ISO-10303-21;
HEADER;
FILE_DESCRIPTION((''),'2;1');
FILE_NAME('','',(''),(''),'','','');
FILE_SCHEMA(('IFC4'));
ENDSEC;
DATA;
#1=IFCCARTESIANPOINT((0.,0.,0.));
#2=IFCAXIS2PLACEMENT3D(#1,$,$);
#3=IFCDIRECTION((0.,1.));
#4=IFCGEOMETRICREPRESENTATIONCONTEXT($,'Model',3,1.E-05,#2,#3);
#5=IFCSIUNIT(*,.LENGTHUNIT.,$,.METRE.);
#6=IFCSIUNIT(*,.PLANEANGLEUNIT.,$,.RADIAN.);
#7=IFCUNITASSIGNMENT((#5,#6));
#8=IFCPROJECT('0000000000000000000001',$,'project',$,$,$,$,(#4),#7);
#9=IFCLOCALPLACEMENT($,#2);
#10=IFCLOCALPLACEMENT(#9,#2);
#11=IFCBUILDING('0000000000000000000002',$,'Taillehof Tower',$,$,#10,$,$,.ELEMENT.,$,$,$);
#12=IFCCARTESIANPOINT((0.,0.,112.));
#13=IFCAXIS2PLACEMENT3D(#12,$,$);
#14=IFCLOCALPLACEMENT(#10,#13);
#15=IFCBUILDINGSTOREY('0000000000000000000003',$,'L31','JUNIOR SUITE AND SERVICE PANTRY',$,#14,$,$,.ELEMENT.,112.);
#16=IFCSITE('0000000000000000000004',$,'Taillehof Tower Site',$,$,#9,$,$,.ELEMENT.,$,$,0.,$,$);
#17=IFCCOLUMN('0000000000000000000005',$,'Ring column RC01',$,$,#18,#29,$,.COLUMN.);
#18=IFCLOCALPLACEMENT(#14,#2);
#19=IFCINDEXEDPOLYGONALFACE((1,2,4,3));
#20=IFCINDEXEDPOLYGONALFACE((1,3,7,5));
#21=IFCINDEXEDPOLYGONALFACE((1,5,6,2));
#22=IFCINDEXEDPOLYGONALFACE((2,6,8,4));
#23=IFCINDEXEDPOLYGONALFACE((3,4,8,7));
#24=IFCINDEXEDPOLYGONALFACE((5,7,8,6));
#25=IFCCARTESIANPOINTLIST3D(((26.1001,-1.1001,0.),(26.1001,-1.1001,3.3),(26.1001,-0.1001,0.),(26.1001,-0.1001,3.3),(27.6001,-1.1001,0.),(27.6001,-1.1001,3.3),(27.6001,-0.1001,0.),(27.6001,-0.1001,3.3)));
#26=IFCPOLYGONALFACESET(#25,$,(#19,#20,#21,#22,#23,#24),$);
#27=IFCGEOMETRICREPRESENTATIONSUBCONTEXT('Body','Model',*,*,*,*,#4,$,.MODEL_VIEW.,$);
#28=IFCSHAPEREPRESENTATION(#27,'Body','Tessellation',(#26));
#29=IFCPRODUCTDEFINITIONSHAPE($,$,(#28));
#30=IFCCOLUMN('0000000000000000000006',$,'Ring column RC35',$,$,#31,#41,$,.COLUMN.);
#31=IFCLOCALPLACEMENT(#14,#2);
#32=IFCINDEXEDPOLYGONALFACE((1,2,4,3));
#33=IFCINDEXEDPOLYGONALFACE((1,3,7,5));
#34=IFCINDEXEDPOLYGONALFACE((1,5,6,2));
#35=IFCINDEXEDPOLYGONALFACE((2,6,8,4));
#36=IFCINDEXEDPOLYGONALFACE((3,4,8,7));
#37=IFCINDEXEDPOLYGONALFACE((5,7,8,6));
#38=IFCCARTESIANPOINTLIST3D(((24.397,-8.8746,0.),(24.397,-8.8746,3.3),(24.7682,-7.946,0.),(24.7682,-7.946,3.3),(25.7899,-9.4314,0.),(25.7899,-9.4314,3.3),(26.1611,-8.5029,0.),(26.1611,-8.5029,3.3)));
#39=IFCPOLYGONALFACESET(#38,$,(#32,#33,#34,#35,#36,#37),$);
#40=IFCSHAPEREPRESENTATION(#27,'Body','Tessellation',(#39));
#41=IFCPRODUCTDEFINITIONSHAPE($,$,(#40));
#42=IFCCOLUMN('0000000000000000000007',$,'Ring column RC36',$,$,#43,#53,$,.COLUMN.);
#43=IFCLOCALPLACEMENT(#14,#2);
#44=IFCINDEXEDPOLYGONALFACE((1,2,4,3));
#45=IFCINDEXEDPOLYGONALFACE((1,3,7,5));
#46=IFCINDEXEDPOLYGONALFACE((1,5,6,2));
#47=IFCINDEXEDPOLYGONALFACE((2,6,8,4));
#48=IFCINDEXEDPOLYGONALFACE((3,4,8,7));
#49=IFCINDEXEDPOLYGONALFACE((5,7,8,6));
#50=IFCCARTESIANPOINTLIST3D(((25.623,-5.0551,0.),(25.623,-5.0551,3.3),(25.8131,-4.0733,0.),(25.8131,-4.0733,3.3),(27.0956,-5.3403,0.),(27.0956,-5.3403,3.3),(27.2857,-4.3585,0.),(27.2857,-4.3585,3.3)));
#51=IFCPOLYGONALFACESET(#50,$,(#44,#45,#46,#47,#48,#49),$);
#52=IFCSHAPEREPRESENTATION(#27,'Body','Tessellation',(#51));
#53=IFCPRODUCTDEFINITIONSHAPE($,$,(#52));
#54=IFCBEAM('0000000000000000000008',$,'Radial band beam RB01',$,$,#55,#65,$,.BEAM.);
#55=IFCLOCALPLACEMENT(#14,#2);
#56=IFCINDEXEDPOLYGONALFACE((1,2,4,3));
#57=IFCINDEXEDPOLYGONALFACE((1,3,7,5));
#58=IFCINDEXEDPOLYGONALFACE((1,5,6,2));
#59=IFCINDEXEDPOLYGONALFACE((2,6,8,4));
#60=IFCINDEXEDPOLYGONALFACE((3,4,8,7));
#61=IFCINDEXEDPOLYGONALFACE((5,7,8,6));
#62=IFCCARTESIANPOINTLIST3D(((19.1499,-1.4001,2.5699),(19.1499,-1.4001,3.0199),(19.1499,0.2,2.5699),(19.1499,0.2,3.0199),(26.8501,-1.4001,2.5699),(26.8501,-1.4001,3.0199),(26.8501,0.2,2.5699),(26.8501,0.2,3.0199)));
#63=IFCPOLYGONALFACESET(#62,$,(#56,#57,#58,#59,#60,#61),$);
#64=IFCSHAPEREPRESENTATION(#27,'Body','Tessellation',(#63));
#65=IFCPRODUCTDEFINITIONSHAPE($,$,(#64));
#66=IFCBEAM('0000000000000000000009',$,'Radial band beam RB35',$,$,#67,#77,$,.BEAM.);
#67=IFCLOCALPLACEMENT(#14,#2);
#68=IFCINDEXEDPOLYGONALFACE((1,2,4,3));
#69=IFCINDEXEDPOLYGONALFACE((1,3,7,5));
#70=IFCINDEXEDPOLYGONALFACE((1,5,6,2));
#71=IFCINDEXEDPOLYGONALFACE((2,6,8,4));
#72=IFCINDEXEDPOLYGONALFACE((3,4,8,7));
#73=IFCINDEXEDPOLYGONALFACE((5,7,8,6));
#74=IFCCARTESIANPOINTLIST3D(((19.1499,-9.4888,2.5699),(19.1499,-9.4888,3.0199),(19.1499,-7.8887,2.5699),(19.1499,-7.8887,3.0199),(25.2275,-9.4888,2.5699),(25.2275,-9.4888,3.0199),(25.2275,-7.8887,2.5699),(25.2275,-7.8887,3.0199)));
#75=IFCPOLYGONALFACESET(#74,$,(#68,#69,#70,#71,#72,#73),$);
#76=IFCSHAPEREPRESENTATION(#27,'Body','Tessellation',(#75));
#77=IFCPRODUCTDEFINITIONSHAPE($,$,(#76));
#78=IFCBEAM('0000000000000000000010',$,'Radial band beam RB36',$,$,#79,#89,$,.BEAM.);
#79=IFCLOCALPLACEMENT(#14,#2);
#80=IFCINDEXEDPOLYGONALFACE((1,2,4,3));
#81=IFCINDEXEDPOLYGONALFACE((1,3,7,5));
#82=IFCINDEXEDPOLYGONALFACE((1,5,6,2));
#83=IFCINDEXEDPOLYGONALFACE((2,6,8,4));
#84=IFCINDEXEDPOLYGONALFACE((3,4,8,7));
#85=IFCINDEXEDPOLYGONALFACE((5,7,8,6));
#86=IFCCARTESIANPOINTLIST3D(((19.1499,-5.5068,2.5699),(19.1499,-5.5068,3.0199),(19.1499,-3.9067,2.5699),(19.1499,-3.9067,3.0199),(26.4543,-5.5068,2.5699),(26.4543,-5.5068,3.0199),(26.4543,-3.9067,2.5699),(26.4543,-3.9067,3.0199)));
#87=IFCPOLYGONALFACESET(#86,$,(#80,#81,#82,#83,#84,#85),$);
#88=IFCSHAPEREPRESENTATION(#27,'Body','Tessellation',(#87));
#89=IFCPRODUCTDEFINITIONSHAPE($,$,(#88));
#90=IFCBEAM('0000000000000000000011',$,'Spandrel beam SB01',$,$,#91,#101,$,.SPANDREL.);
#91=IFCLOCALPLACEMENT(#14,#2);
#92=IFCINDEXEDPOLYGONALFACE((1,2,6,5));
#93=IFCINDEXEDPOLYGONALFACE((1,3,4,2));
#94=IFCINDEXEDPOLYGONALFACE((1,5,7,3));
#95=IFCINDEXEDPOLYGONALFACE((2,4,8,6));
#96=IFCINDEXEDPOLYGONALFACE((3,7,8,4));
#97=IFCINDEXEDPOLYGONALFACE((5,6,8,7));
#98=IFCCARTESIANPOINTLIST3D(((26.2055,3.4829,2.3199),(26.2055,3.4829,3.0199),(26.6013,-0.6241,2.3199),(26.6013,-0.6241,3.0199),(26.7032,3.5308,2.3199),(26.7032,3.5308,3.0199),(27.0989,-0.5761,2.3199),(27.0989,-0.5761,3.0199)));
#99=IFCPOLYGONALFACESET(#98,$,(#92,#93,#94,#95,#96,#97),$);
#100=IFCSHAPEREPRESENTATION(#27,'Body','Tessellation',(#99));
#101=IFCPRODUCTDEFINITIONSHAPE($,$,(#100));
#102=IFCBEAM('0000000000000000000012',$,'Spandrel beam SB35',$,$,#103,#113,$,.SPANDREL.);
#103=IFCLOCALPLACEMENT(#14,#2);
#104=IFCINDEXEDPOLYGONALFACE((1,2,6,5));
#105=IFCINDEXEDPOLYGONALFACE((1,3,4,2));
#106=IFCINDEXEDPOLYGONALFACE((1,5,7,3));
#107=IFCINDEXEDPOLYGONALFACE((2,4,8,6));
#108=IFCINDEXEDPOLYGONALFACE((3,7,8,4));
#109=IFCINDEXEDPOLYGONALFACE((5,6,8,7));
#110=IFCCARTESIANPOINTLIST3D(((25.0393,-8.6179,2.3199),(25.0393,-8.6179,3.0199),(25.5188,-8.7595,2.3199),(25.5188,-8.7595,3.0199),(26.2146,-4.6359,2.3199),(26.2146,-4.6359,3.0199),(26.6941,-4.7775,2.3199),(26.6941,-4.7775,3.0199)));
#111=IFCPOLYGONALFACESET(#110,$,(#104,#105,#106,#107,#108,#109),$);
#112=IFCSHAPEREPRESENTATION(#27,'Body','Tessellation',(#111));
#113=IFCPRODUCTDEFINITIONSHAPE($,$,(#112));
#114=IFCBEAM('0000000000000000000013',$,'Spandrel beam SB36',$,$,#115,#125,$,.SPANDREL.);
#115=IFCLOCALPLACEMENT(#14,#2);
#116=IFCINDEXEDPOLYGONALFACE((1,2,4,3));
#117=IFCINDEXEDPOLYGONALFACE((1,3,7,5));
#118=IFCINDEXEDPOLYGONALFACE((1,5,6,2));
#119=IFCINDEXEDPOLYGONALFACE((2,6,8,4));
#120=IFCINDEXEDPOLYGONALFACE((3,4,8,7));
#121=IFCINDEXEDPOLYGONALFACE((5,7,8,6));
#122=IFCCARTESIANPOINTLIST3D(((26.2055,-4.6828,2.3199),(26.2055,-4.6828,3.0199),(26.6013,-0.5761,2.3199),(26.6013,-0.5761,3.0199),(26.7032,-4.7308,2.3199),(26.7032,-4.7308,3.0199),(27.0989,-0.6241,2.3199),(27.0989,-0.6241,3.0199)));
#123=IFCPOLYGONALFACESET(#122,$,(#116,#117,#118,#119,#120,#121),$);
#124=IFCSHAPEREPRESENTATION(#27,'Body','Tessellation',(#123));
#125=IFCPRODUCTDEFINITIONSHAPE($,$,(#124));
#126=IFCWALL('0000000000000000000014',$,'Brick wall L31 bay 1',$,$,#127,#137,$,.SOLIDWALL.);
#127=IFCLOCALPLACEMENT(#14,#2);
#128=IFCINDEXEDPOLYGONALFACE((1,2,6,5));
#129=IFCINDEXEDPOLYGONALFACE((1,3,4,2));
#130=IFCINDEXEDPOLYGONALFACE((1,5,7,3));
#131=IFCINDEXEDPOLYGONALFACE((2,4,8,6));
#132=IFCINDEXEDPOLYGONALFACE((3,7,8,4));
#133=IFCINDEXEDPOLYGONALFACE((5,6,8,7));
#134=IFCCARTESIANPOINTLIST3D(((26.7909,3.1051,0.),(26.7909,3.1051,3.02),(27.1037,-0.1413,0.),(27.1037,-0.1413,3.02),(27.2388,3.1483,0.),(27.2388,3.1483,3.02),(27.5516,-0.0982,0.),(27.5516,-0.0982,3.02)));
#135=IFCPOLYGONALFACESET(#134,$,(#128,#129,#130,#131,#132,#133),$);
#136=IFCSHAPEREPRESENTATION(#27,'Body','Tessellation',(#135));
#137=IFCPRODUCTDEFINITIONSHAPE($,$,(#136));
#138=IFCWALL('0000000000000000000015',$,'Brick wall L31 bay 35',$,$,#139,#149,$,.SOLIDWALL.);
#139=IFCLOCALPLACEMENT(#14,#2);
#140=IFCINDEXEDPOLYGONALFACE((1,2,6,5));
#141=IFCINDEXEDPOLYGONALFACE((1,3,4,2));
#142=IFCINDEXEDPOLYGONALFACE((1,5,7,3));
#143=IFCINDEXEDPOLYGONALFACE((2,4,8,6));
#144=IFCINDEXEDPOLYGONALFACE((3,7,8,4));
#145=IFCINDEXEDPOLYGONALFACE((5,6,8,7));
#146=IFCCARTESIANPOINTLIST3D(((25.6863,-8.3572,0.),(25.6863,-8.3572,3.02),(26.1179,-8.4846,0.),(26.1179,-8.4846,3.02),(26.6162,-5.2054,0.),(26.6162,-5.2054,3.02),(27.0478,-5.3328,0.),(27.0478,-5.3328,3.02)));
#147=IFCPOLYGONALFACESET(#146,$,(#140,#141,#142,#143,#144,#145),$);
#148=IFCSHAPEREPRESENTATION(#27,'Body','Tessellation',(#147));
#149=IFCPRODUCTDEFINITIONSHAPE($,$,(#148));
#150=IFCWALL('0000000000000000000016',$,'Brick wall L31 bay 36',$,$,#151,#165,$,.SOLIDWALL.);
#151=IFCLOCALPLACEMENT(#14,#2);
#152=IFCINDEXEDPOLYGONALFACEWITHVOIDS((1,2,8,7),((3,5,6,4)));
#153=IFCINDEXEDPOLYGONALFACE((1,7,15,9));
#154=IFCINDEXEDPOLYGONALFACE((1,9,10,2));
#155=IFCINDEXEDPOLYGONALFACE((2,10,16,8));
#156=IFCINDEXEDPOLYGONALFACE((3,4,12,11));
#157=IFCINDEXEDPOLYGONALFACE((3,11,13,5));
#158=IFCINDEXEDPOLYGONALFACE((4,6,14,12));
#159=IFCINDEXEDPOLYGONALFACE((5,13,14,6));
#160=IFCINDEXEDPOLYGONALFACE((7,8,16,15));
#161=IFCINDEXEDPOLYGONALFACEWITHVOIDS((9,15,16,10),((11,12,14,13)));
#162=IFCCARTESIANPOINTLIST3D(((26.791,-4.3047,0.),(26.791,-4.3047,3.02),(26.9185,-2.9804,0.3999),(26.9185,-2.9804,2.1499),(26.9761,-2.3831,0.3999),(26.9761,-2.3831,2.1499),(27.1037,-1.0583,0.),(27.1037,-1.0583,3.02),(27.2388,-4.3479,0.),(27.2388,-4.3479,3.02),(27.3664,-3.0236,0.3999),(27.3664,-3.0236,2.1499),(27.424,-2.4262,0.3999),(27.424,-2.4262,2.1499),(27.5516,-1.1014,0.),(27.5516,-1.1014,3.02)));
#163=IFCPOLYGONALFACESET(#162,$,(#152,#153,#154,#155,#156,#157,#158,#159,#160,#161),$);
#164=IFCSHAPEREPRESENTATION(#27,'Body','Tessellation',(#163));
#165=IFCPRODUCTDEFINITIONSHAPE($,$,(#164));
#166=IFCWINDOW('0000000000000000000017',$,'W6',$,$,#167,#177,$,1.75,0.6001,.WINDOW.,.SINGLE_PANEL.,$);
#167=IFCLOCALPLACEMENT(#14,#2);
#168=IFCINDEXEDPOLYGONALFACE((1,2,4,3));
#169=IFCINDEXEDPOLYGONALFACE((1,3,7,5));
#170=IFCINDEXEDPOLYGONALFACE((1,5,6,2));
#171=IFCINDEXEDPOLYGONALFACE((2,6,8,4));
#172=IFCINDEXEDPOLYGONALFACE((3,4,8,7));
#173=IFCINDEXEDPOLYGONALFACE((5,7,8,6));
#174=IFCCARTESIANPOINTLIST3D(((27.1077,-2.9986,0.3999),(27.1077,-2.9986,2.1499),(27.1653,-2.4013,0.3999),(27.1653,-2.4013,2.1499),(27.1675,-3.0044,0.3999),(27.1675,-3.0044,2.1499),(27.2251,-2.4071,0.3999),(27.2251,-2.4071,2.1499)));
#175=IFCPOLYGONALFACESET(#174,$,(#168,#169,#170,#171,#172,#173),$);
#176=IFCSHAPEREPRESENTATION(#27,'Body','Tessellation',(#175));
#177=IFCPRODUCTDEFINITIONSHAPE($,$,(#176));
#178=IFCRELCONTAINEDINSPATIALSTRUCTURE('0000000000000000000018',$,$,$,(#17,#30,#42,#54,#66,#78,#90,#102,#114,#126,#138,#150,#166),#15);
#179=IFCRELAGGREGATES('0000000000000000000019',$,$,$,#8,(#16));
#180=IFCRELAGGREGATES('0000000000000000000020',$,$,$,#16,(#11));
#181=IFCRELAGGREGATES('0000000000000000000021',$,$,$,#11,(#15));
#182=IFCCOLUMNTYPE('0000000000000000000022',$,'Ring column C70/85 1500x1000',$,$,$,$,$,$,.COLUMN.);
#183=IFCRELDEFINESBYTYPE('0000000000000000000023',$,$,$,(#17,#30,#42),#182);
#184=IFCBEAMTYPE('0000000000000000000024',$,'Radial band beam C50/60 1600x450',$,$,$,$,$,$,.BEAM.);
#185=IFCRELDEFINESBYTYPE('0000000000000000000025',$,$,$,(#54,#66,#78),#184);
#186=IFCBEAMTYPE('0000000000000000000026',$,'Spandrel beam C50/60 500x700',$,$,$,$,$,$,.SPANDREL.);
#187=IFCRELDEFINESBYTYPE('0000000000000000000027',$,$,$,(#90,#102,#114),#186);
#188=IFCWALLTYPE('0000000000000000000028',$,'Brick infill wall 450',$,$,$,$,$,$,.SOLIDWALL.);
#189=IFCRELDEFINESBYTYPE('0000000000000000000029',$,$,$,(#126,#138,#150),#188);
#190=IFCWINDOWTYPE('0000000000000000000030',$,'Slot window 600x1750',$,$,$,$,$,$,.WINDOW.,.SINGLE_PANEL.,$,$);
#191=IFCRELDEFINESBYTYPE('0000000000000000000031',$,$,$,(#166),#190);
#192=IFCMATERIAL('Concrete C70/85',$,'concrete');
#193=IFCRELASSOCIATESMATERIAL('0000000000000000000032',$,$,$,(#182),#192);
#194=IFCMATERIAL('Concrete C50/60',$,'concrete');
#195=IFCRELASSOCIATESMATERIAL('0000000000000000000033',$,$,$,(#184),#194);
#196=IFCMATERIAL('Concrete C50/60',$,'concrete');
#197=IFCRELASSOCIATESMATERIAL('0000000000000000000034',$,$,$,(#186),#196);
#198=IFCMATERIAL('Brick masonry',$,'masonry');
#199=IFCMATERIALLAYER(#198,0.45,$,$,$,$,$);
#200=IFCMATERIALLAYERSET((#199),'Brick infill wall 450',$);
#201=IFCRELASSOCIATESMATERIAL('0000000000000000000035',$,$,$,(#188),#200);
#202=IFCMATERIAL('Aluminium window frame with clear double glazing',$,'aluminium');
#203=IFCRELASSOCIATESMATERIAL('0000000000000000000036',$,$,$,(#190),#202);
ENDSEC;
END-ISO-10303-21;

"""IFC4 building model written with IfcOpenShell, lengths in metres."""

from ifc_helpers import new_model, si_unit, direction, frame, frame_2d, origin, origin_2d, place, context, subcontext, project, spatial, rectangle, extrude, material, layer, layer_set, material_profile, profile_set, type_object, element, fill, save


model = new_model("IFC4")

# Units and contexts
model_context = context("Model", 3, precision=1e-05, world=origin(), true_north=direction((0.0, 1.0)))
body_context = subcontext(model_context, "Body", "Model", "MODEL_VIEW")
ifc_project = project(units=[si_unit("LENGTHUNIT", "METRE"), si_unit("PLANEANGLEUNIT", "RADIAN")], contexts=[model_context])

# Site, building, storey
site_placement = place(None, origin())
site = spatial("IfcSite", under=ifc_project, at=site_placement, Name="Taillehof Tower Site", CompositionType="ELEMENT", RefElevation=0.0)
building_placement = place(site_placement, origin())
building = spatial("IfcBuilding", under=site, at=building_placement, Name="Taillehof Tower", CompositionType="ELEMENT")
storey_placement = place(building_placement, frame((0.0, 0.0, 112.0)))
storey = spatial("IfcBuildingStorey", under=building, at=storey_placement, Name="L31", Description="JUNIOR SUITE AND SERVICE PANTRY", CompositionType="ELEMENT", Elevation=112.0)

# Columns
ifc_material_1 = material(Name="Concrete C70/85", Category="concrete")
ifc_material_profile_1 = material_profile(ifc_material_1, rectangle(XDim=1.5, YDim=1.0, at=origin_2d()), Name="RC 1500x1000")
ifc_profile_set_1 = profile_set([ifc_material_profile_1], Name="Concrete C70/85")
column_type = type_object("IfcColumnType", Name="Ring column C70/85 1500x1000", PredefinedType="COLUMN", material=ifc_profile_set_1)
for number, where, z_axis, x_axis, name in (
    (1, (26.8501, -0.6001, 0.0), (0.0, 0.0, 1.0), (1.0, 0.0, 0.0), "Ring column RC01"),
    (2, (25.2791, -8.6887, 0.0), (0.0, 0.0, 1.0), (0.92855, -0.371207, 0.0), "Ring column RC35"),
    (3, (26.4543, -4.7068, 0.0), (0.0, 0.0, 1.0), (0.981757, -0.190138, 0.0), "Ring column RC36"),
):
    element("IfcColumn", number, at=place(storey_placement, frame(where, z_axis=z_axis, x_axis=x_axis)), inside=storey, type_object=column_type, Name=name, PredefinedType="COLUMN", context=body_context, shape_type="SweptSolid", body=[
        extrude(rectangle(XDim=1.5, YDim=1.0, at=origin_2d()), origin(), (0.0, 0.0, 1.0), 3.3),
    ])

# Beams
ifc_material_2 = material(Name="Concrete C50/60", Category="concrete")
ifc_material_profile_2 = material_profile(ifc_material_2, rectangle(XDim=1.6001, YDim=0.45, at=origin_2d()), Name="RC 1600x450")
ifc_profile_set_2 = profile_set([ifc_material_profile_2], Name="Concrete C50/60")
beam_type_1 = type_object("IfcBeamType", Name="Radial band beam C50/60 1600x450", PredefinedType="BEAM", material=ifc_profile_set_2)
beam_1_placement = place(storey_placement, frame((26.8501, -0.6001, 2.7949), z_axis=(-1.0, 0.0, 0.0), x_axis=(0.0, -1.0, 0.0)))
element("IfcBeam", 4, at=beam_1_placement, inside=storey, type_object=beam_type_1, Name="Radial band beam RB01", PredefinedType="BEAM", context=body_context, shape_type="SweptSolid", body=[
    extrude(rectangle(XDim=1.6001, YDim=0.45, at=origin_2d()), origin(), (0.0, 0.0, 1.0), 7.7002),
])
beam_2_placement = place(storey_placement, frame((25.2275, -8.6887, 2.7949), z_axis=(-1.0, 0.0, 0.0), x_axis=(0.0, -1.0, 0.0)))
element("IfcBeam", 5, at=beam_2_placement, inside=storey, type_object=beam_type_1, Name="Radial band beam RB35", PredefinedType="BEAM", context=body_context, shape_type="SweptSolid", body=[
    extrude(rectangle(XDim=1.6001, YDim=0.45, at=origin_2d()), origin(), (0.0, 0.0, 1.0), 6.0776),
])
beam_3_placement = place(storey_placement, frame((26.4543, -4.7068, 2.7949), z_axis=(-1.0, 0.0, 0.0), x_axis=(0.0, -1.0, 0.0)))
element("IfcBeam", 6, at=beam_3_placement, inside=storey, type_object=beam_type_1, Name="Radial band beam RB36", PredefinedType="BEAM", context=body_context, shape_type="SweptSolid", body=[
    extrude(rectangle(XDim=1.6001, YDim=0.45, at=origin_2d()), origin(), (0.0, 0.0, 1.0), 7.3044),
])
ifc_material_3 = material(Name="Concrete C50/60", Category="concrete")
ifc_material_profile_3 = material_profile(ifc_material_3, rectangle(XDim=0.5, YDim=0.7, at=origin_2d()), Name="RC 500x700")
ifc_profile_set_3 = profile_set([ifc_material_profile_3], Name="Concrete C50/60")
beam_type_2 = type_object("IfcBeamType", Name="Spandrel beam C50/60 500x700", PredefinedType="SPANDREL", material=ifc_profile_set_3)
beam_4_placement = place(storey_placement, frame((26.8501, -0.6001, 2.6699), z_axis=(-0.095918, 0.995389, 0.0), x_axis=(-0.995389, -0.095918, 0.0)))
element("IfcBeam", 7, at=beam_4_placement, inside=storey, type_object=beam_type_2, Name="Spandrel beam SB01", PredefinedType="SPANDREL", context=body_context, shape_type="SweptSolid", body=[
    extrude(rectangle(XDim=0.5, YDim=0.7, at=origin_2d()), origin(), (0.0, 0.0, 1.0), 4.126),
])
beam_5_placement = place(storey_placement, frame((25.2791, -8.6887, 2.6699), z_axis=(0.283083, 0.959095, 0.0), x_axis=(-0.959095, 0.283083, 0.0)))
element("IfcBeam", 8, at=beam_5_placement, inside=storey, type_object=beam_type_2, Name="Spandrel beam SB35", PredefinedType="SPANDREL", context=body_context, shape_type="SweptSolid", body=[
    extrude(rectangle(XDim=0.5, YDim=0.7, at=origin_2d()), origin(), (0.0, 0.0, 1.0), 4.1519),
])
beam_6_placement = place(storey_placement, frame((26.4543, -4.7068, 2.6699), z_axis=(0.095923, 0.995389, 0.0), x_axis=(-0.995389, 0.095923, 0.0)))
element("IfcBeam", 9, at=beam_6_placement, inside=storey, type_object=beam_type_2, Name="Spandrel beam SB36", PredefinedType="SPANDREL", context=body_context, shape_type="SweptSolid", body=[
    extrude(rectangle(XDim=0.5, YDim=0.7, at=origin_2d()), origin(), (0.0, 0.0, 1.0), 4.1257),
])

# Walls
ifc_material_4 = material(Name="Brick masonry", Category="masonry")
ifc_layer_1 = layer(ifc_material_4, 0.45)
ifc_layer_set_1 = layer_set([ifc_layer_1], Name="Brick infill wall 450")
wall_type_1 = type_object("IfcWallType", Name="Brick infill wall 450", PredefinedType="SOLIDWALL", material=ifc_layer_set_1)
wall_1_placement = place(storey_placement, frame((27.3276, -0.1199, 0.0), z_axis=(0.0, 0.0, 1.0), x_axis=(-0.095894, 0.995392, 0.0)))
element("IfcWall", 10, at=wall_1_placement, inside=storey, type_object=wall_type_1, Name="Brick wall L31 bay 1", PredefinedType="SOLIDWALL", context=body_context, shape_type="SweptSolid", body=[
    extrude(rectangle(XDim=3.2615, YDim=0.45, at=frame_2d((1.6309, 0.0))), origin(), (0.0, 0.0, 1.0), 3.02),
])
wall_2_placement = place(storey_placement, frame((25.9021, -8.4209, 0.0), z_axis=(0.0, 0.0, 1.0), x_axis=(0.282983, 0.959125, 0.0)))
element("IfcWall", 11, at=wall_2_placement, inside=storey, type_object=wall_type_1, Name="Brick wall L31 bay 35", PredefinedType="SOLIDWALL", context=body_context, shape_type="SweptSolid", body=[
    extrude(rectangle(XDim=3.2861, YDim=0.45, at=frame_2d((1.6431, 0.0))), origin(), (0.0, 0.0, 1.0), 3.02),
])

# Wall, opening, window
wall_3_placement = place(storey_placement, frame((27.0149, -4.3264, 0.0), z_axis=(0.0, 0.0, 1.0), x_axis=(0.095894, 0.995392, 0.0)))
wall_3 = element("IfcWall", 12, at=wall_3_placement, inside=storey, type_object=wall_type_1, Name="Brick wall L31 bay 36", PredefinedType="SOLIDWALL", context=body_context, shape_type="SweptSolid", body=[
    extrude(rectangle(XDim=3.2615, YDim=0.45, at=frame_2d((1.6309, 0.0))), origin(), (0.0, 0.0, 1.0), 3.02),
])
opening_1_placement = place(wall_3_placement, frame((1.3306, 0.0, 0.3999)))
opening_1 = element("IfcOpeningElement", 13, at=opening_1_placement, cuts=wall_3, PredefinedType="OPENING", context=body_context, shape_type="SweptSolid", body=[
    extrude(rectangle(XDim=0.6001, YDim=1.75, at=frame_2d((0.3, 0.875))), frame((0.0, 0.2349, 0.0), z_axis=(0.0, -1.0, 0.0), x_axis=(1.0, 0.0, 0.0)), (0.0, 0.0, 1.0), 0.47),
])
ifc_material_5 = material(Name="Aluminium window frame with clear double glazing", Category="aluminium")
window_type = type_object("IfcWindowType", Name="Slot window 600x1750", PartitioningType="SINGLE_PANEL", PredefinedType="WINDOW", material=ifc_material_5)
window_placement = place(opening_1_placement, origin())
window = element("IfcWindow", 14, at=window_placement, inside=storey, type_object=window_type, Name="W6", OverallHeight=1.75, OverallWidth=0.6001, PartitioningType="SINGLE_PANEL", PredefinedType="WINDOW", context=body_context, shape_type="SweptSolid", body=[
    extrude(rectangle(XDim=0.6001, YDim=1.75, at=frame_2d((0.3, 0.875))), frame((0.0, 0.0349, 0.0), z_axis=(0.0, -1.0, 0.0), x_axis=(1.0, 0.0, 0.0)), (0.0, 0.0, 1.0), 0.0601),
])
fill(opening_1, window)

save(model, "model.ifc")
